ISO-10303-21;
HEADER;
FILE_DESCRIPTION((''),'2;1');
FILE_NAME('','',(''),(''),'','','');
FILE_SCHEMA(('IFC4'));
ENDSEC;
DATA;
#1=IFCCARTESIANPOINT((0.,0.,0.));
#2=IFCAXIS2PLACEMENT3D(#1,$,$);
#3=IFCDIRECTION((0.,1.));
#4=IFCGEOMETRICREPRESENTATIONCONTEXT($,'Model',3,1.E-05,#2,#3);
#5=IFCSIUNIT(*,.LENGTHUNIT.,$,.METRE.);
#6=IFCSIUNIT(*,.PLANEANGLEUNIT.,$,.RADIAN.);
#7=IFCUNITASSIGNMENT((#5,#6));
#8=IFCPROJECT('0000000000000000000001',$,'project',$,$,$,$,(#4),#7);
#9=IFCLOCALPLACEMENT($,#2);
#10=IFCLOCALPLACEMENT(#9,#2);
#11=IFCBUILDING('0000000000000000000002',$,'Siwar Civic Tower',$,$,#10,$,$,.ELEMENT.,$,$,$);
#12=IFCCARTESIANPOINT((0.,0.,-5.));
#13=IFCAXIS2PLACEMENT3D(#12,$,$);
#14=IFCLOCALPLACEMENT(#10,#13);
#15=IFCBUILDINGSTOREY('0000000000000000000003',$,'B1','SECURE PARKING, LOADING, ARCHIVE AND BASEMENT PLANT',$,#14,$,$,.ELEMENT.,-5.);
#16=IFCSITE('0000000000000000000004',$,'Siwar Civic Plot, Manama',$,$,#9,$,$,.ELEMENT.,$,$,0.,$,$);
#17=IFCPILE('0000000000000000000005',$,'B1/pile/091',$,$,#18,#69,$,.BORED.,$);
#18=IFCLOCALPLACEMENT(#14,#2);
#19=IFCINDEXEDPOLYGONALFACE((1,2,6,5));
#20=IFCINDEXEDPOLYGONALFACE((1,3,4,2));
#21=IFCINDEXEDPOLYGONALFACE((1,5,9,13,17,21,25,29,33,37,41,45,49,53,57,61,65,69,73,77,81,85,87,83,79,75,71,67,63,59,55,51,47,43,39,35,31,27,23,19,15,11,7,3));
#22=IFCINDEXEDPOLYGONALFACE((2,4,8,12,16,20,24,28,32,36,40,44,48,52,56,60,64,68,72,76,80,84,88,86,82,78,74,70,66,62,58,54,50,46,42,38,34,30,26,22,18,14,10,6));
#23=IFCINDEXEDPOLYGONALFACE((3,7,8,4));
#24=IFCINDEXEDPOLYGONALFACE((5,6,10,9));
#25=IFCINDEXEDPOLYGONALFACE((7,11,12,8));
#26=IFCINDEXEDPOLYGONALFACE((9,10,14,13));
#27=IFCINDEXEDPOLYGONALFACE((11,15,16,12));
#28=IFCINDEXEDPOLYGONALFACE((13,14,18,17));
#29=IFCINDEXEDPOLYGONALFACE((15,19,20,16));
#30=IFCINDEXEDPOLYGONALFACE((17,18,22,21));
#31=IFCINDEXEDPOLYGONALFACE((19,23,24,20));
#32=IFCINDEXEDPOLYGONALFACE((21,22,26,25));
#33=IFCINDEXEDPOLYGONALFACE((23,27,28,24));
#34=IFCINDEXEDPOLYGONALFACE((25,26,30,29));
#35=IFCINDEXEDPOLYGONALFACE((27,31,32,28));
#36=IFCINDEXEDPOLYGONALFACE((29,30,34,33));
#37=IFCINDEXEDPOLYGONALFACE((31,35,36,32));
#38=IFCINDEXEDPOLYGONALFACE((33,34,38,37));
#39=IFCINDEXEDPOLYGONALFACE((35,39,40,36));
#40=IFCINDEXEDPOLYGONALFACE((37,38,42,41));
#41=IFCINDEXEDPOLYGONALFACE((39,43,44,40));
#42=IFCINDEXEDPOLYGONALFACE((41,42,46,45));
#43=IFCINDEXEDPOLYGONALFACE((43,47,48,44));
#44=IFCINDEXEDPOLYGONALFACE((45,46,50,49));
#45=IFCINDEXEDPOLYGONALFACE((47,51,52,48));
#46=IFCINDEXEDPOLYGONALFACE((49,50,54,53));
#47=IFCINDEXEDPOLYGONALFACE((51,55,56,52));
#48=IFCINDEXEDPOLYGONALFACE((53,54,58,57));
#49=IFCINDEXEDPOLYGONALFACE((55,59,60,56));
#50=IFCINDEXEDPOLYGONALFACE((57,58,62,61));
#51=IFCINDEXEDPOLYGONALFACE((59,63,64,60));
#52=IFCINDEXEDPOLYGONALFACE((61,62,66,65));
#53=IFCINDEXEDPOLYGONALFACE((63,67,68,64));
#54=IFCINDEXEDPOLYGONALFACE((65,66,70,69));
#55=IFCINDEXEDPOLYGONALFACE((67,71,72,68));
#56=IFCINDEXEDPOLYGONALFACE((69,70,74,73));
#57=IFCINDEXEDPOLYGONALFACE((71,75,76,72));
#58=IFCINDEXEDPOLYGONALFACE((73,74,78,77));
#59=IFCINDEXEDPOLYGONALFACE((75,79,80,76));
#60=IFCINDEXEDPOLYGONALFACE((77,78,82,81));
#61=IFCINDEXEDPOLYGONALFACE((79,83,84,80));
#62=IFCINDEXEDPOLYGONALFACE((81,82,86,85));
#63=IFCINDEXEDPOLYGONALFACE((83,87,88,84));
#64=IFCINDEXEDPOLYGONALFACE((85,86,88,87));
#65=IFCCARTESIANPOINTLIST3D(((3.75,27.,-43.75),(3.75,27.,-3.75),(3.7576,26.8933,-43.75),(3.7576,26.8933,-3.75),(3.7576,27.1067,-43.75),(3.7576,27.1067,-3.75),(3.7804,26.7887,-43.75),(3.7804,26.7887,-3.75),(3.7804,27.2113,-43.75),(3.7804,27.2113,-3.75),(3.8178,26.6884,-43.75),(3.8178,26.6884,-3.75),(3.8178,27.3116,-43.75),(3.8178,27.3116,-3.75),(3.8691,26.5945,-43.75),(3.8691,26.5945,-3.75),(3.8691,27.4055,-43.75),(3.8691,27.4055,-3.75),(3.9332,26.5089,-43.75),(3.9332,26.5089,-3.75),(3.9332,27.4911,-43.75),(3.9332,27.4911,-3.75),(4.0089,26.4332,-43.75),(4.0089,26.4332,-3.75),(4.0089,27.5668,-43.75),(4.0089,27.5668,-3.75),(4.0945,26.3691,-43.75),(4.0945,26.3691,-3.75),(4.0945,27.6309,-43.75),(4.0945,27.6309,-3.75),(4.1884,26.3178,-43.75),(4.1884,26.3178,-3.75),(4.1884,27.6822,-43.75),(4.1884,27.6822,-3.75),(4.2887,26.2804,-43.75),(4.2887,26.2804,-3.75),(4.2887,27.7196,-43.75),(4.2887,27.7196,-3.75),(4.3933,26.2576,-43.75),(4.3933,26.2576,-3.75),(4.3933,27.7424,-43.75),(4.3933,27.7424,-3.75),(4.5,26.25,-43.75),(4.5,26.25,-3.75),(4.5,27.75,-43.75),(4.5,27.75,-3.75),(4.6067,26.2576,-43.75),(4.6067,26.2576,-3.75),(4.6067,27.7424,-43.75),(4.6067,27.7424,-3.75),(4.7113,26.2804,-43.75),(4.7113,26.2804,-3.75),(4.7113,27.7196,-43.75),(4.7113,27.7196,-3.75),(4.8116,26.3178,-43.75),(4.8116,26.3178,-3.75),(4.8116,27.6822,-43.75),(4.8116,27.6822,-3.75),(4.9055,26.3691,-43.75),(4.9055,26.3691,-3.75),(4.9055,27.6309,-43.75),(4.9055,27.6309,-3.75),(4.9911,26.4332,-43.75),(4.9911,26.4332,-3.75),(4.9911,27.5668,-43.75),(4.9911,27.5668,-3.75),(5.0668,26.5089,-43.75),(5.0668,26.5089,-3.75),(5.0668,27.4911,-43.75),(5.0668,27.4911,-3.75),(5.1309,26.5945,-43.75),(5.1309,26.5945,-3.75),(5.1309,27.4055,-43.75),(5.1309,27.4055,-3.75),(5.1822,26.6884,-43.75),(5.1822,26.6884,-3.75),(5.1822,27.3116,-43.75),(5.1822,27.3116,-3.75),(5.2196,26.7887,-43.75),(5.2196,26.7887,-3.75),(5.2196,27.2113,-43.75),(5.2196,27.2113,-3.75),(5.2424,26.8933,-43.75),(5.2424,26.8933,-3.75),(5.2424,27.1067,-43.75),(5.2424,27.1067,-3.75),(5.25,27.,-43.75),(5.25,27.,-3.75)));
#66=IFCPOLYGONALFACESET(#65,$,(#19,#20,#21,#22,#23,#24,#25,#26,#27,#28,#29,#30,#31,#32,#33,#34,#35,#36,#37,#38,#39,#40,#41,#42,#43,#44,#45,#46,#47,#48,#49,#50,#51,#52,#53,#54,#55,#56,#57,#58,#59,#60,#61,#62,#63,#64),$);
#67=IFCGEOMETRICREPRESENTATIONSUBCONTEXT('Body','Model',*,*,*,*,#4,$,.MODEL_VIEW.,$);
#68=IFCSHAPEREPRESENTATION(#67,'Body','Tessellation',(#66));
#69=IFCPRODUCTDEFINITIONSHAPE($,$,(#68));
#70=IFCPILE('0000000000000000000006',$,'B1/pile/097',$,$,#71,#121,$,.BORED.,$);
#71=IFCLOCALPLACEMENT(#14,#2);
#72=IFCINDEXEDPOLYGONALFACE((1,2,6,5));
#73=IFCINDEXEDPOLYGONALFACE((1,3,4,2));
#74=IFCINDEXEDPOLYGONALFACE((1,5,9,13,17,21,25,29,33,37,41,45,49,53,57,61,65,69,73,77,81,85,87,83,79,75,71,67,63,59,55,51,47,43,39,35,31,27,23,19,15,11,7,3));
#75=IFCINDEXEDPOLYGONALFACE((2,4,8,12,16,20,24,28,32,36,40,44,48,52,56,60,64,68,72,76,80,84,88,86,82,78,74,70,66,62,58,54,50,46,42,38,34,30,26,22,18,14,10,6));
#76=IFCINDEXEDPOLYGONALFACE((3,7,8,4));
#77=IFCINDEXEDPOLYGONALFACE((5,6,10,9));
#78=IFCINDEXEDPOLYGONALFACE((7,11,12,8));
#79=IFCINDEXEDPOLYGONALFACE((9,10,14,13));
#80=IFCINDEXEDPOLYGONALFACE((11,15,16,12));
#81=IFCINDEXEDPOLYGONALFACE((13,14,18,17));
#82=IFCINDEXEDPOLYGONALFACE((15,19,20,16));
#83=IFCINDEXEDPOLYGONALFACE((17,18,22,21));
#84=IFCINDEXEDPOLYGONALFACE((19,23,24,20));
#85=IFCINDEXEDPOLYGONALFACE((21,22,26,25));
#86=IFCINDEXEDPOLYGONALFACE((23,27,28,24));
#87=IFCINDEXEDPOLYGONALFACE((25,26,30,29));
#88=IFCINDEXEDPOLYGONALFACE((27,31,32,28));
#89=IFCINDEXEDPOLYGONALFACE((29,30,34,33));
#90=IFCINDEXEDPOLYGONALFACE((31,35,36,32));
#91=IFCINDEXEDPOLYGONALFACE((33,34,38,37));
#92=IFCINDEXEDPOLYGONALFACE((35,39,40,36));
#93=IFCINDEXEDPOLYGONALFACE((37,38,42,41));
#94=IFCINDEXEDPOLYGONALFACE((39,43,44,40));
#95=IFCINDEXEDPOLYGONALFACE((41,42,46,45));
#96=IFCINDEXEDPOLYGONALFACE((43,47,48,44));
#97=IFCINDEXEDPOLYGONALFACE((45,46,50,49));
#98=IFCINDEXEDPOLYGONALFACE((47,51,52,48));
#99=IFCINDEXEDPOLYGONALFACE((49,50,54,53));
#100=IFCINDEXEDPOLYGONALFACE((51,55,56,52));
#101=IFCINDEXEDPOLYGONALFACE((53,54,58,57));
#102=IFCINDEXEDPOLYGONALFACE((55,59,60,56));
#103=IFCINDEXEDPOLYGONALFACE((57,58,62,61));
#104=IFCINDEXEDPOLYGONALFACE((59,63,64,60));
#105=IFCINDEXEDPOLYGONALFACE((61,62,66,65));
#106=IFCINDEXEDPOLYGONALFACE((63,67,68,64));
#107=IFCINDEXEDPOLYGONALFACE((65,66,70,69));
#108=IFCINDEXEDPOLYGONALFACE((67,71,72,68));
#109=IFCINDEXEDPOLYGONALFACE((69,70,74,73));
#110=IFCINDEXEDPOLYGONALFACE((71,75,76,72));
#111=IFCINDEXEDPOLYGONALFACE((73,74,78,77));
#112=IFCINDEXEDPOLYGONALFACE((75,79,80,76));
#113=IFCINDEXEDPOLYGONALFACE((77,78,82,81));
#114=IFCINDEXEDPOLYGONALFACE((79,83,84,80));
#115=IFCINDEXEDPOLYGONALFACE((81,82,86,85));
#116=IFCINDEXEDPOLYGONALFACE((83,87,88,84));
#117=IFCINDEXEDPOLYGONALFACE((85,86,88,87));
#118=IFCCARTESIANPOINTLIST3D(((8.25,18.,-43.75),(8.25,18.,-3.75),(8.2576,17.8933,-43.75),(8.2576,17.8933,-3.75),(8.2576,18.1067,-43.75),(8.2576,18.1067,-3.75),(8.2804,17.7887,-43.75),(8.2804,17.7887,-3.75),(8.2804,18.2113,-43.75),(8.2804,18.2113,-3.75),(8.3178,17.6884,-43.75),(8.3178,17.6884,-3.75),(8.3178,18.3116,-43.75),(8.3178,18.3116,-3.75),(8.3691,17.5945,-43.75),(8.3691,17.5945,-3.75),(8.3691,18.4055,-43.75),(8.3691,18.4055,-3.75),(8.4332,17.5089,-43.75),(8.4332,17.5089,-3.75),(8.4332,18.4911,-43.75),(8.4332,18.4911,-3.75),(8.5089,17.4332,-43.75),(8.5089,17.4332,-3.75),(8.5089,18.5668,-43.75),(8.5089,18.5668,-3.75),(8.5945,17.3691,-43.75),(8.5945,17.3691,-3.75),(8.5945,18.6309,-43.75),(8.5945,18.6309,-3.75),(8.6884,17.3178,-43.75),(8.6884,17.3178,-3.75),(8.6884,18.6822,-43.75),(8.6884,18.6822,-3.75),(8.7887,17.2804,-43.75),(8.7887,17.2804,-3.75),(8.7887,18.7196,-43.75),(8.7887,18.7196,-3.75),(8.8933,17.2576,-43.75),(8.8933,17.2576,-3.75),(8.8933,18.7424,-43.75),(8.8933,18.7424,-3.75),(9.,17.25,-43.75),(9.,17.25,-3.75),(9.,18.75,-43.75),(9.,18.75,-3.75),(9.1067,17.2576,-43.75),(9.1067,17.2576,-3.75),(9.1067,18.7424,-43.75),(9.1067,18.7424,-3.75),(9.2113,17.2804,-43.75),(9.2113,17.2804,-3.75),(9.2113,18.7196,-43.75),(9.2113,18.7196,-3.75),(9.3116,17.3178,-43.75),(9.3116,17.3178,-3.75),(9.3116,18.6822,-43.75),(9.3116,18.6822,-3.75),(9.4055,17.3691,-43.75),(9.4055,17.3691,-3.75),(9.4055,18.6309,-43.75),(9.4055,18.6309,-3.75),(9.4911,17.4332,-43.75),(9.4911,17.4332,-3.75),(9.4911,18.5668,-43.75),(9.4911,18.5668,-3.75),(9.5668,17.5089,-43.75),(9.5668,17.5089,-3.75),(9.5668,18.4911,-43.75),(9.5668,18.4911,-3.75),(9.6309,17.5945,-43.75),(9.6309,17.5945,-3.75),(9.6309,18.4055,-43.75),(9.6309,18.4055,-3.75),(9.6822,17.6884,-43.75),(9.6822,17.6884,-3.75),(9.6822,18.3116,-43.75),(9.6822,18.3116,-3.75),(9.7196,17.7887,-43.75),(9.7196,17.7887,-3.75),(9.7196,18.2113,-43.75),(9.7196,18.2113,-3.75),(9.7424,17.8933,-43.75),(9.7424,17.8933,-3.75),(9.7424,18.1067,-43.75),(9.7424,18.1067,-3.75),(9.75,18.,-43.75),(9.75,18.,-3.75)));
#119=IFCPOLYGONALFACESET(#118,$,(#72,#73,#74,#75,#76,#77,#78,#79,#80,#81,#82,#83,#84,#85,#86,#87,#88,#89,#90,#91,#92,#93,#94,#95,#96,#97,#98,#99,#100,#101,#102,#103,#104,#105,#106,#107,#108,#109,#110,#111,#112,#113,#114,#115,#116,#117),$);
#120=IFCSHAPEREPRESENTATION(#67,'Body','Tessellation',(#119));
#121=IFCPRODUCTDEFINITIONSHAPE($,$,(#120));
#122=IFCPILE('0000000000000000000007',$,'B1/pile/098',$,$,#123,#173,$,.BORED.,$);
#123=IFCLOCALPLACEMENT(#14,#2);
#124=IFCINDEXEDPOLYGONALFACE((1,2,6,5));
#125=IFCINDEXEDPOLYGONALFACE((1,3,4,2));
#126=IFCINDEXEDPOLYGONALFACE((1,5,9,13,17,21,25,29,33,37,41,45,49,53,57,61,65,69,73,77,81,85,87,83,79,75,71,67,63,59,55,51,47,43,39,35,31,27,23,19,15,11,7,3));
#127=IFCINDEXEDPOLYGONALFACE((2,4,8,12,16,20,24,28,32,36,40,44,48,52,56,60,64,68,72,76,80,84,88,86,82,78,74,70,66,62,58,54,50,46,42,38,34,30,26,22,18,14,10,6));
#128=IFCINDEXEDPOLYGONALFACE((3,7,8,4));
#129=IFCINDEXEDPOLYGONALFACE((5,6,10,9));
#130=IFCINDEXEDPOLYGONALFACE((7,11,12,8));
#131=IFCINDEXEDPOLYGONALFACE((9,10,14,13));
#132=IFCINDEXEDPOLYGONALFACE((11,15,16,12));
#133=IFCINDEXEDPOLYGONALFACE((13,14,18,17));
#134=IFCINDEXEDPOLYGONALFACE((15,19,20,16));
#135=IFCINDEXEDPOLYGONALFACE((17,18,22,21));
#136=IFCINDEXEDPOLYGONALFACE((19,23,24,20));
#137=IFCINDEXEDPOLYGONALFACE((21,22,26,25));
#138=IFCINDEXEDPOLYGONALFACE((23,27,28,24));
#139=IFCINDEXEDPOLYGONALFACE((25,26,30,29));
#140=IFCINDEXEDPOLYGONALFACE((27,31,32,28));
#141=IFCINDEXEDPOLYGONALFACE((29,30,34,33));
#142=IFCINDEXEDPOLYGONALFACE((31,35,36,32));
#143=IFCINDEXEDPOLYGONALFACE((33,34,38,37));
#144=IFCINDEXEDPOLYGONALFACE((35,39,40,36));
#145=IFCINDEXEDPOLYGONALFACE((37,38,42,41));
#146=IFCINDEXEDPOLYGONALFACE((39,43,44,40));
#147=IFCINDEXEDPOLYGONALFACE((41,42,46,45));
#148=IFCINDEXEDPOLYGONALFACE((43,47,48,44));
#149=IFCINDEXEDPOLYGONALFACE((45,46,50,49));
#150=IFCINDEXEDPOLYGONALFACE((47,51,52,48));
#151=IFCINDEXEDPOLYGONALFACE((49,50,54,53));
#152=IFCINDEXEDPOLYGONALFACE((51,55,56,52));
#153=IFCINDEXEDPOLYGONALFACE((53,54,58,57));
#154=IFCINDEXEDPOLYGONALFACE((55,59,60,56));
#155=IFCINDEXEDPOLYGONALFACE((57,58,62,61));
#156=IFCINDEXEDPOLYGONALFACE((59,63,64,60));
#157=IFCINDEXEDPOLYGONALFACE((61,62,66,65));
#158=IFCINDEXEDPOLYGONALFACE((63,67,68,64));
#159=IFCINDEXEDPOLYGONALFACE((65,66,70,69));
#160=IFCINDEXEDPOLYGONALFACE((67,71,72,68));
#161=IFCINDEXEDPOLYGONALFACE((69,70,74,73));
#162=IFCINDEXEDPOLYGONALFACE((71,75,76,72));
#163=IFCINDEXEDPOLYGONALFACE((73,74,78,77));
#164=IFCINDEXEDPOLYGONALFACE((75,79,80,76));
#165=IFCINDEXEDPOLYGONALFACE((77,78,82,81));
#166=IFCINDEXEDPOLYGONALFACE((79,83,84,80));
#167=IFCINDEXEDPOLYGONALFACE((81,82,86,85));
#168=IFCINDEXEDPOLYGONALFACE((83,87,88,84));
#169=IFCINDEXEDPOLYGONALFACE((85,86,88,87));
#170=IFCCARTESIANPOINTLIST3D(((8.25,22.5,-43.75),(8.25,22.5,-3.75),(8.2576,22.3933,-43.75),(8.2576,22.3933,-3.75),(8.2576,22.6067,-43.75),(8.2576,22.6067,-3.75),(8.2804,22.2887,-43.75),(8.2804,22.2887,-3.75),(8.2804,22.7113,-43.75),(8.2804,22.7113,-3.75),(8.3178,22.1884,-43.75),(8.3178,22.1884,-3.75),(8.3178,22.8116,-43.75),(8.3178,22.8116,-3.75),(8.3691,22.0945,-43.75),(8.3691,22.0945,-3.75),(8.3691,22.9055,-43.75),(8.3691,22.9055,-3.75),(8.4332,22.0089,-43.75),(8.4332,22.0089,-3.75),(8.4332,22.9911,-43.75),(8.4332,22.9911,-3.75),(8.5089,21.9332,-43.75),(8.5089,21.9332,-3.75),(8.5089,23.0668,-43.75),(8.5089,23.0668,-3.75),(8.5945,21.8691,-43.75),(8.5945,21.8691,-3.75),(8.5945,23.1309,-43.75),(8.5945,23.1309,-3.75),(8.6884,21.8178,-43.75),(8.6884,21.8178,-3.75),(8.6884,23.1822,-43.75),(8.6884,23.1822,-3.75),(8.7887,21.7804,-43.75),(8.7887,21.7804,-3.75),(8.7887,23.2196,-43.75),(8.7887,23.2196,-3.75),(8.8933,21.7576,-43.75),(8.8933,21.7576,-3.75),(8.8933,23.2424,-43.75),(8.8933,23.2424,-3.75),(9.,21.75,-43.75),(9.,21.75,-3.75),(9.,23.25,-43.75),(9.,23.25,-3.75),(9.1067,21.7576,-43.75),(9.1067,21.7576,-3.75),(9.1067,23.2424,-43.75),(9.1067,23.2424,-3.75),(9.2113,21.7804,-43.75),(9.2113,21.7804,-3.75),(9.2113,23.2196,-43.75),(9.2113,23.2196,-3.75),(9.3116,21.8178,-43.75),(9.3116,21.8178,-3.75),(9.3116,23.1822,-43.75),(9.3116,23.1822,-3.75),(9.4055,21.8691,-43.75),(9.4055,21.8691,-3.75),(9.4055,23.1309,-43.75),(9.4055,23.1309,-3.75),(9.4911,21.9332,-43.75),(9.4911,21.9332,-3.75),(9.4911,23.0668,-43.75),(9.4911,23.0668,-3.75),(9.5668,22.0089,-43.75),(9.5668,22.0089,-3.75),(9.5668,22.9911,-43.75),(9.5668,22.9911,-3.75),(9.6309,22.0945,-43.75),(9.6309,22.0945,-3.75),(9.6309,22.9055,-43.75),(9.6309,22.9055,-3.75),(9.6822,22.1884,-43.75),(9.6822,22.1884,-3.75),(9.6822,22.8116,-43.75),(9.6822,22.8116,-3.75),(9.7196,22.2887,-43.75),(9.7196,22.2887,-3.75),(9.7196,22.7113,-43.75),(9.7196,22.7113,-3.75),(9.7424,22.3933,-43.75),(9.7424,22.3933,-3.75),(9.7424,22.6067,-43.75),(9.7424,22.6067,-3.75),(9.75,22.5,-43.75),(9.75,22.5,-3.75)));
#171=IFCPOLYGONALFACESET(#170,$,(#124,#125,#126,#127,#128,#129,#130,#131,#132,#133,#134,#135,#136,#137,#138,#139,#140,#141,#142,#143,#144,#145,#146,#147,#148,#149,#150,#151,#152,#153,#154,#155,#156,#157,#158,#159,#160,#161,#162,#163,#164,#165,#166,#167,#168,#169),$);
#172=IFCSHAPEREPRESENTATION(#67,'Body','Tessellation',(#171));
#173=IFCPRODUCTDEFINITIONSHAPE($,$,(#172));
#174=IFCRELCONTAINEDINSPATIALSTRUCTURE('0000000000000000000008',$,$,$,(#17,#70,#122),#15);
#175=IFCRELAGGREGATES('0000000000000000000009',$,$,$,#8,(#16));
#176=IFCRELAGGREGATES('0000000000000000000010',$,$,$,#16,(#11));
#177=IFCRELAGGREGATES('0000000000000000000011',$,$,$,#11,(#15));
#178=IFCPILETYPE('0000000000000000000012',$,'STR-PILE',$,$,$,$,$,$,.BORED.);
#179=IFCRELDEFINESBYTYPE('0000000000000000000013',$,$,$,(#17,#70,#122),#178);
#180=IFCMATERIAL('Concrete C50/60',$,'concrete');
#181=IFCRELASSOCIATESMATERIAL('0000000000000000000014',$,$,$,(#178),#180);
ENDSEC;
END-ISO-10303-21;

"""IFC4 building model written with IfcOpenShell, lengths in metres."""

from ifc_helpers import new_model, si_unit, direction, frame, origin, origin_2d, place, context, subcontext, project, spatial, circle, extrude, material, material_profile, profile_set, type_object, element, save


model = new_model("IFC4")

# Units and contexts
model_context = context("Model", 3, precision=1e-05, world=origin(), true_north=direction((0.0, 1.0)))
body_context = subcontext(model_context, "Body", "Model", "MODEL_VIEW")
ifc_project = project(units=[si_unit("LENGTHUNIT", "METRE"), si_unit("PLANEANGLEUNIT", "RADIAN")], contexts=[model_context])

# Site, building, storey
site_placement = place(None, origin())
site = spatial("IfcSite", under=ifc_project, at=site_placement, Name="Siwar Civic Plot, Manama", CompositionType="ELEMENT", RefElevation=0.0)
building_placement = place(site_placement, origin())
building = spatial("IfcBuilding", under=site, at=building_placement, Name="Siwar Civic Tower", CompositionType="ELEMENT")
storey_placement = place(building_placement, frame((0.0, 0.0, -5.0)))
storey = spatial("IfcBuildingStorey", under=building, at=storey_placement, Name="B1", Description="SECURE PARKING, LOADING, ARCHIVE AND BASEMENT PLANT", CompositionType="ELEMENT", Elevation=-5.0)

# Piles
ifc_material_1 = material(Name="Concrete C50/60", Category="concrete")
ifc_material_profile_1 = material_profile(ifc_material_1, circle(Radius=0.75, at=origin_2d()), Name="PILE1500")
ifc_profile_set_1 = profile_set([ifc_material_profile_1], Name="Concrete C50/60")
pile_type = type_object("IfcPileType", Name="STR-PILE", PredefinedType="BORED", material=ifc_profile_set_1)
for number, where, z_axis, x_axis, name in (
    (1, (4.5, 27.0, -3.75), (0.0, 0.0, -1.0), (1.0, 0.0, 0.0), "B1/pile/091"),
    (2, (9.0, 18.0, -3.75), (0.0, 0.0, -1.0), (1.0, 0.0, 0.0), "B1/pile/097"),
    (3, (9.0, 22.5, -3.75), (0.0, 0.0, -1.0), (1.0, 0.0, 0.0), "B1/pile/098"),
):
    element("IfcPile", number, at=place(storey_placement, frame(where, z_axis=z_axis, x_axis=x_axis)), inside=storey, type_object=pile_type, Name=name, PredefinedType="BORED", context=body_context, shape_type="SweptSolid", body=[
        extrude(circle(Radius=0.75, at=origin_2d()), origin(), (0.0, 0.0, 1.0), 40.0),
    ])

save(model, "model.ifc")
